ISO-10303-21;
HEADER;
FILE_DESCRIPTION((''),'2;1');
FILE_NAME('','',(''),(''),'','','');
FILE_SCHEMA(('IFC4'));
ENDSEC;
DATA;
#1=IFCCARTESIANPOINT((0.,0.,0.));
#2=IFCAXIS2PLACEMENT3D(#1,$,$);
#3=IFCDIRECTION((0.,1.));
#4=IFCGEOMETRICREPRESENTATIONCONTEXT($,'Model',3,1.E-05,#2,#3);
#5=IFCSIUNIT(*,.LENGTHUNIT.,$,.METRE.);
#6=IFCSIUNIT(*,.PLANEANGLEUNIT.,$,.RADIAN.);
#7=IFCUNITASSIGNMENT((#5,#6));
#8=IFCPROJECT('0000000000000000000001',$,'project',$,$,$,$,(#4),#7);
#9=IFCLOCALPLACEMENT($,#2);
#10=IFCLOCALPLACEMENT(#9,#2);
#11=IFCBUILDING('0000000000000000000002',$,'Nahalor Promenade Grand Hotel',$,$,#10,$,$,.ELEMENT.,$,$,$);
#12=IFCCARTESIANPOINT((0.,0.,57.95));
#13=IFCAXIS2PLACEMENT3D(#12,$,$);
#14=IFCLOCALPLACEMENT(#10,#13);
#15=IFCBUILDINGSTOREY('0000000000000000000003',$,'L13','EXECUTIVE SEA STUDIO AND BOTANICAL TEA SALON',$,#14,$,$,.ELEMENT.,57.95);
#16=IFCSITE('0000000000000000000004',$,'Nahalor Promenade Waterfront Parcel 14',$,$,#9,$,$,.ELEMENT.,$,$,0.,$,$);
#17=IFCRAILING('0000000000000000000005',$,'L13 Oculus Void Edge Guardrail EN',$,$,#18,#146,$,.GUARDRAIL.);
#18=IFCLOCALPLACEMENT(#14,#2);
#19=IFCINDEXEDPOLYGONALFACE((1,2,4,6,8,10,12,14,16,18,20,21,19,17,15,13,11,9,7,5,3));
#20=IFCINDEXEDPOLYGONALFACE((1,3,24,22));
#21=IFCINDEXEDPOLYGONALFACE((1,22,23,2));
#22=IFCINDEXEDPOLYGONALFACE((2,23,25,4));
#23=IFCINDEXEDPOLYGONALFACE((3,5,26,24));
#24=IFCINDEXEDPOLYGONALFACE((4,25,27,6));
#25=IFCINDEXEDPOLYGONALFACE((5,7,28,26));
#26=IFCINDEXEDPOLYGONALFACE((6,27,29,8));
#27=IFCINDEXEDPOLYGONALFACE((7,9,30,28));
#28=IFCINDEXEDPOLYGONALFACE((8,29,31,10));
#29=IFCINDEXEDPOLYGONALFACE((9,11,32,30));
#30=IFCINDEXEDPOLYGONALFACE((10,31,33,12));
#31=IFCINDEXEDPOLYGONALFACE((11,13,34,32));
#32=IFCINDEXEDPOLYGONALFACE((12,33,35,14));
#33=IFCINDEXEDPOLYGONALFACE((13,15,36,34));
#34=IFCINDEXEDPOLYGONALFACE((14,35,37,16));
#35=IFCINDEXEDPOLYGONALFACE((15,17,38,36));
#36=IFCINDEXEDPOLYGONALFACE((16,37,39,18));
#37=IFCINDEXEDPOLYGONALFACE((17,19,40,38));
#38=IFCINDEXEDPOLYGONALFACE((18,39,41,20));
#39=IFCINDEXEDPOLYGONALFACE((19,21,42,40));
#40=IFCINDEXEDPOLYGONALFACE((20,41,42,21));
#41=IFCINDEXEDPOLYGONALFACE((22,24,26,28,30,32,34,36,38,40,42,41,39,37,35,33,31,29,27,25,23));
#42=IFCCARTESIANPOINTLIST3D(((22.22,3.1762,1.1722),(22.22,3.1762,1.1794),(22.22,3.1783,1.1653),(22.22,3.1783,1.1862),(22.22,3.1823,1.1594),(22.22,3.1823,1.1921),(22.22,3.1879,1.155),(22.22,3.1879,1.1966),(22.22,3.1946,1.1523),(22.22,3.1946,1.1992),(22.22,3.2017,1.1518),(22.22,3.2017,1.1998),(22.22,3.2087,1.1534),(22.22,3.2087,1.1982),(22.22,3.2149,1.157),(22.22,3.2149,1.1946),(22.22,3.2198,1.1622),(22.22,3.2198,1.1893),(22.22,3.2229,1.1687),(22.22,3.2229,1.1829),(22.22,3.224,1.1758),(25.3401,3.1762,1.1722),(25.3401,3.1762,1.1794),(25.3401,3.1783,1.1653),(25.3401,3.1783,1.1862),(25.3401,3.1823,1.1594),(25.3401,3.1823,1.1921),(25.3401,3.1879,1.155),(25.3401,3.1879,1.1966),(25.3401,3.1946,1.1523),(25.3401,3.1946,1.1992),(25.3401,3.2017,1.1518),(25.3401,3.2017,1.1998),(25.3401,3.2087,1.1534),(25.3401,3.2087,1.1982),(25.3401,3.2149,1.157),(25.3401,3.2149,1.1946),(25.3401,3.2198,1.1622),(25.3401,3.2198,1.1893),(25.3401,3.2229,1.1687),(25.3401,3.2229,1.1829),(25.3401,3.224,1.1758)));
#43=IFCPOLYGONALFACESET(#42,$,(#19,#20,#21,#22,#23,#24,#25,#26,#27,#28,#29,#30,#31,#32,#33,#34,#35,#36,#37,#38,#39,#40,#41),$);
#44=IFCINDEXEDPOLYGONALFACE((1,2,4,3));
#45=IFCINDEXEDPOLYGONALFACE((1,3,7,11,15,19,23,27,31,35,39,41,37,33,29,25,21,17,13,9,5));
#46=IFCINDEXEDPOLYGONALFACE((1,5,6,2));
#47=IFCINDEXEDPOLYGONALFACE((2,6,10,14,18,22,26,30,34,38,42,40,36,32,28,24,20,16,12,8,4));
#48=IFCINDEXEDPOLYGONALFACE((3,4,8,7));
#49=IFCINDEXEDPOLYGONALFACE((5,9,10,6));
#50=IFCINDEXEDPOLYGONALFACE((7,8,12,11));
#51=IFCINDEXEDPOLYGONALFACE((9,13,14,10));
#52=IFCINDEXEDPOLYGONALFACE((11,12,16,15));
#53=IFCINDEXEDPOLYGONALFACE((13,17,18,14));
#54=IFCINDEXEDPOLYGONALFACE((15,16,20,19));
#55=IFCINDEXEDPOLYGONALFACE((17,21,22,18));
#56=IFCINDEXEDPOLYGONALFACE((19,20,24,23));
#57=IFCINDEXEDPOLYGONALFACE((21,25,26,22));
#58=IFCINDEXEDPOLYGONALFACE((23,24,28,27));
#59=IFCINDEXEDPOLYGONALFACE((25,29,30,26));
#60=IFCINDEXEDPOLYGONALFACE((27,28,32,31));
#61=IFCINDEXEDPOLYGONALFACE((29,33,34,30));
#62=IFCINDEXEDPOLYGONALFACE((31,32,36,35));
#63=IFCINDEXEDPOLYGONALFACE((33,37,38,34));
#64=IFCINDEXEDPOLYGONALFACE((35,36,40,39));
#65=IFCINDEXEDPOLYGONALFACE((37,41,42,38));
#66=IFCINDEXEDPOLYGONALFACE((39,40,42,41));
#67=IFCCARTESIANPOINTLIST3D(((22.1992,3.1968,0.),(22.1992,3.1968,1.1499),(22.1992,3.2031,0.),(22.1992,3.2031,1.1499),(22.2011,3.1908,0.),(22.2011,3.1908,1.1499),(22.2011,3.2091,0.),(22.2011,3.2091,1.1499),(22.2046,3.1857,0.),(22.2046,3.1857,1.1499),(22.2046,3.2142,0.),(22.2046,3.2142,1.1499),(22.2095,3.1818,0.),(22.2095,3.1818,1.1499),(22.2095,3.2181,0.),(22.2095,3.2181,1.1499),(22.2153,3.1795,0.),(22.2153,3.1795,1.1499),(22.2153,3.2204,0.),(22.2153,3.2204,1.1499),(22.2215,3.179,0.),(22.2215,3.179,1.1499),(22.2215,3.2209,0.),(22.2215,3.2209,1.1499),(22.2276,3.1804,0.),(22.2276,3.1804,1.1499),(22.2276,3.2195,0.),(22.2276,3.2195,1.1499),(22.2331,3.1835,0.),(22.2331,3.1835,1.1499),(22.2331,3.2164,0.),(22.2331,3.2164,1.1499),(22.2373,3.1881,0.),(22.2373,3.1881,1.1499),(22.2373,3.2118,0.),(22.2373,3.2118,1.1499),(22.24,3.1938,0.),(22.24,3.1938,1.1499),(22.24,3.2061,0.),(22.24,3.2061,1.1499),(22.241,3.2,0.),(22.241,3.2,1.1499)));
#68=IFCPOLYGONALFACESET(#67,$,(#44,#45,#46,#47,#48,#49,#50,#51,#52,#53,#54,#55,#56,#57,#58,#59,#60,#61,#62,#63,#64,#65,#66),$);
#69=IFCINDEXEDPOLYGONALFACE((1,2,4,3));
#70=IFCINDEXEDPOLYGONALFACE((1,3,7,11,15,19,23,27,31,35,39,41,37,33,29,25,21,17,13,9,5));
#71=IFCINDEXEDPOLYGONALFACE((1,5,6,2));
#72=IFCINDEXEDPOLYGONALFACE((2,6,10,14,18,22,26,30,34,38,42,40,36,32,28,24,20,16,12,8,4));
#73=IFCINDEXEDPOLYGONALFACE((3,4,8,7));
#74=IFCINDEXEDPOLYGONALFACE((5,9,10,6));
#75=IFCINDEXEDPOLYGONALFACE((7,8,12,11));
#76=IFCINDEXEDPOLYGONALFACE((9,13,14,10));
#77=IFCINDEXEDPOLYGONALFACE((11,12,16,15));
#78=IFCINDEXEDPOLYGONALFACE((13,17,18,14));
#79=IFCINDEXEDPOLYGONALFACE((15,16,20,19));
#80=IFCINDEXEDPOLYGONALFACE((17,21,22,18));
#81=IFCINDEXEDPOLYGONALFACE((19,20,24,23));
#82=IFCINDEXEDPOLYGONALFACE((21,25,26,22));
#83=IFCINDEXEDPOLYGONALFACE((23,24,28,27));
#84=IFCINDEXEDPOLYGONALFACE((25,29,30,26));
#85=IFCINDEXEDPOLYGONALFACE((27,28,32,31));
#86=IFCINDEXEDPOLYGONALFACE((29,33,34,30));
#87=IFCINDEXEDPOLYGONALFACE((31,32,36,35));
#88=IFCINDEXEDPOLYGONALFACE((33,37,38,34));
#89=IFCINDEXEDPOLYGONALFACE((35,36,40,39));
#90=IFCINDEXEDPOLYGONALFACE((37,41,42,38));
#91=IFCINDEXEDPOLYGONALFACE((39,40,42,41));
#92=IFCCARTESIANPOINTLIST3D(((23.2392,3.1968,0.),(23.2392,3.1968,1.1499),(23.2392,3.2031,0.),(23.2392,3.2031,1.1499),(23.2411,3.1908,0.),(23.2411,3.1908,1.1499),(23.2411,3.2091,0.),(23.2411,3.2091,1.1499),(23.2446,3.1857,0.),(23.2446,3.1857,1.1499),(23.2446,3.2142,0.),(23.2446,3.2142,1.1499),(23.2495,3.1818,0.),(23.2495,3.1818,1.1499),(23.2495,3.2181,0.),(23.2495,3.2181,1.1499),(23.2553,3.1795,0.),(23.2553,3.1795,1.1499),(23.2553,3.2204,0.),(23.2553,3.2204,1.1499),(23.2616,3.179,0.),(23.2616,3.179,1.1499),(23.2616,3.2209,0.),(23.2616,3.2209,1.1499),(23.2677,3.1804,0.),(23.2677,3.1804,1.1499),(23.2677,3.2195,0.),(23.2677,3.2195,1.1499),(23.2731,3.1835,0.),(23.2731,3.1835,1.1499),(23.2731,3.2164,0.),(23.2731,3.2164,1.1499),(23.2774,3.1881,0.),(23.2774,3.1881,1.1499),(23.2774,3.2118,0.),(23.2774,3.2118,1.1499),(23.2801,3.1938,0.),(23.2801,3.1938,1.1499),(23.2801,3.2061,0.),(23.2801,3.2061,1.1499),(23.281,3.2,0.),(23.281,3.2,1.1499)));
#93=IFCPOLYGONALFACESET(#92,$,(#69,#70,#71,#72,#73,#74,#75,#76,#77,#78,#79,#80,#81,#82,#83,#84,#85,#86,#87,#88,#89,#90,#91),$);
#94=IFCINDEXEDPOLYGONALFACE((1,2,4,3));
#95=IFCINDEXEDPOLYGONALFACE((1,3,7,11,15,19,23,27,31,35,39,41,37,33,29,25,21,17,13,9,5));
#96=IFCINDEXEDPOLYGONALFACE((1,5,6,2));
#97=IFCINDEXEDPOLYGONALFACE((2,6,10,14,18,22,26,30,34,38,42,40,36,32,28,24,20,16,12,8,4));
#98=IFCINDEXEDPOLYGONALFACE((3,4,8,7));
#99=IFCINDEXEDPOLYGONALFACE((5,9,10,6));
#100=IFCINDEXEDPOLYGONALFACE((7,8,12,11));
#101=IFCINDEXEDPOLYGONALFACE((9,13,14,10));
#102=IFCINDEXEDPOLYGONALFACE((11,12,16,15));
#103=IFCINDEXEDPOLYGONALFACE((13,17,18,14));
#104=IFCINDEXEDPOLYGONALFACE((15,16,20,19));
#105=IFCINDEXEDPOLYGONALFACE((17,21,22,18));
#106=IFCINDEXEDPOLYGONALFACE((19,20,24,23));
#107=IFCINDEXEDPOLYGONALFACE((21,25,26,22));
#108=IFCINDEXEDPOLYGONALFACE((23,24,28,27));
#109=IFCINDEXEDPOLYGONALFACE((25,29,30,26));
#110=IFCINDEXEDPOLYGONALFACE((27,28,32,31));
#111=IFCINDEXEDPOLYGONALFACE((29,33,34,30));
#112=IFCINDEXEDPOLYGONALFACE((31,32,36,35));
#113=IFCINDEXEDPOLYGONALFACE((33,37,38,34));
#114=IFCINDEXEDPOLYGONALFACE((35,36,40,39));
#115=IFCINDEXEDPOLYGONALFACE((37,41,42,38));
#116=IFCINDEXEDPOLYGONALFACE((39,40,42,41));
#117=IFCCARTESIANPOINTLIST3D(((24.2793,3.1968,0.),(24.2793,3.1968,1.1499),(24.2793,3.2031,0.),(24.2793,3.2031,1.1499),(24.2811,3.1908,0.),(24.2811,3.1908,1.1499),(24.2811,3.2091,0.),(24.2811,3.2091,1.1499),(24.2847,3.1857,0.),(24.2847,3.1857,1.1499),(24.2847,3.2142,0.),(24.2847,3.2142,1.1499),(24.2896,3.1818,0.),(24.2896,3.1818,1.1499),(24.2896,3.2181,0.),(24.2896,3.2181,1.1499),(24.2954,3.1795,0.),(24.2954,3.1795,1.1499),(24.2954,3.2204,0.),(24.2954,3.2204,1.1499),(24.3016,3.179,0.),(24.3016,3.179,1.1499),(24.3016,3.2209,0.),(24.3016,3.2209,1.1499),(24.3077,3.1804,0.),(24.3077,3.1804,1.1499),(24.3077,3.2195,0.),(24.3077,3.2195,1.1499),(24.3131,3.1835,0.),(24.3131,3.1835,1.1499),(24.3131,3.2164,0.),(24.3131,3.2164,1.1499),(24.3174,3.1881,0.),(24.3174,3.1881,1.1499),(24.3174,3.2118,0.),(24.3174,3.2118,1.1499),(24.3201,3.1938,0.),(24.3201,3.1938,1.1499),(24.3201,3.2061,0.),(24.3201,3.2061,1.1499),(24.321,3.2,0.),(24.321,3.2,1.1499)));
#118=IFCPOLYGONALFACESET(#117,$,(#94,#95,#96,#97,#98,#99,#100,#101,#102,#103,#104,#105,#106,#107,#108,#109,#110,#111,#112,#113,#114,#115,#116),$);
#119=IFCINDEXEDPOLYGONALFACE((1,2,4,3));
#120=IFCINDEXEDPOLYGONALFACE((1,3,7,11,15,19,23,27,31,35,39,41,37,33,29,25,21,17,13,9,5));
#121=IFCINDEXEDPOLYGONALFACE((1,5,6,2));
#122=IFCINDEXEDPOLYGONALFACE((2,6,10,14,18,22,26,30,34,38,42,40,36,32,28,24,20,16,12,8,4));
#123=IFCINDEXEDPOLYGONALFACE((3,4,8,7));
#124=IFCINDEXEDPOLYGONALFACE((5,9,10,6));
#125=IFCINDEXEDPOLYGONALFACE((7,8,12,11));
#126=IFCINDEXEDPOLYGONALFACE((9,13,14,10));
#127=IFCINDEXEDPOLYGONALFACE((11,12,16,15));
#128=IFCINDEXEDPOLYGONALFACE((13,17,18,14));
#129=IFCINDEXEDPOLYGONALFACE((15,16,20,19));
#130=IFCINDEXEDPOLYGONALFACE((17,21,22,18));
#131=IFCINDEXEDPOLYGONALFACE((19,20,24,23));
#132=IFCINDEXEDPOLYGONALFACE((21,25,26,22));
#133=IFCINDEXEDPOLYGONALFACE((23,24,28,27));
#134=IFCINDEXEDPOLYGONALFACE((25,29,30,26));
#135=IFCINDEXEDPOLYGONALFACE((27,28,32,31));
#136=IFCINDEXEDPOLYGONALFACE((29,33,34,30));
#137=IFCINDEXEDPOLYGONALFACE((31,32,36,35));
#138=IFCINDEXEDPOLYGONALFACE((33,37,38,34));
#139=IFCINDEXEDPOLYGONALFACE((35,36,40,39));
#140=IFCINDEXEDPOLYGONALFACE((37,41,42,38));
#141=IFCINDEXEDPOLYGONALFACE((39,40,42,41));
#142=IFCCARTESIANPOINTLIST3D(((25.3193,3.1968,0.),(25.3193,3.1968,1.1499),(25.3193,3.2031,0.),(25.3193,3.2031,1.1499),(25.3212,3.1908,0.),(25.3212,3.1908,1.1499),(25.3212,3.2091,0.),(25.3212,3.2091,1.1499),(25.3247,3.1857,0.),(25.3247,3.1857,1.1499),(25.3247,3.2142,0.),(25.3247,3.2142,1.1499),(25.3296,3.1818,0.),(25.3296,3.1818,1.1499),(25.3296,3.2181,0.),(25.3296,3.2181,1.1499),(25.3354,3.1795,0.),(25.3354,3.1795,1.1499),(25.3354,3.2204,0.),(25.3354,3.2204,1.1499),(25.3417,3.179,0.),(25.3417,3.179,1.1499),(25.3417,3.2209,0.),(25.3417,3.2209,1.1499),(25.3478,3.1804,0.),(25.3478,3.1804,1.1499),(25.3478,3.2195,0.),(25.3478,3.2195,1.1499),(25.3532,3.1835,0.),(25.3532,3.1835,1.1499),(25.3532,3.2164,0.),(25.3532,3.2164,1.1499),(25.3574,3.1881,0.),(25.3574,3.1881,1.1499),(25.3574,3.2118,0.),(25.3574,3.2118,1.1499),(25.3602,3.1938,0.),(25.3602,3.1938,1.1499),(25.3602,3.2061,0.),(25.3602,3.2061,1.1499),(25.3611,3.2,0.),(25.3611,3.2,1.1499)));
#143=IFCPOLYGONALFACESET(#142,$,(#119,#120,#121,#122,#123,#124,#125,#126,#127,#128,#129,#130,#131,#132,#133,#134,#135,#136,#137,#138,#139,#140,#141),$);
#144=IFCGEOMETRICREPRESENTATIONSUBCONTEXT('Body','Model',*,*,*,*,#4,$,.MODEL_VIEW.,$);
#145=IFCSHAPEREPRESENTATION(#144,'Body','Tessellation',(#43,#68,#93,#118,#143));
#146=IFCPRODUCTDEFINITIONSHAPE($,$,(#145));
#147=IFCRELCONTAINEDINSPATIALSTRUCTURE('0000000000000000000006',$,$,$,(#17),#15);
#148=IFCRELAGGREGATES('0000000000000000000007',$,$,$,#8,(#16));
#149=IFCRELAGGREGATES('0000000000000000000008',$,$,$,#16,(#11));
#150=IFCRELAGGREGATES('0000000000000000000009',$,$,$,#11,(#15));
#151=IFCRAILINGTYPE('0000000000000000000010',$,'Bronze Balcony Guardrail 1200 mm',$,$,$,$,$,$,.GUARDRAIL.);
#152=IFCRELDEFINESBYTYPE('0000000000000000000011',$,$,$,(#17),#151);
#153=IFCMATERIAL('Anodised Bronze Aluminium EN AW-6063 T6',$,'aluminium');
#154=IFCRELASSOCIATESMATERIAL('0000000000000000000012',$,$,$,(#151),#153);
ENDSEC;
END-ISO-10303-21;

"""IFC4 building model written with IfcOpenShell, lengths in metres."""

from ifc_helpers import new_model, si_unit, direction, frame, origin, origin_2d, place, context, subcontext, project, spatial, circle, extrude, material, type_object, element, save


model = new_model("IFC4")

# Units and contexts
model_context = context("Model", 3, precision=1e-05, world=origin(), true_north=direction((0.0, 1.0)))
body_context = subcontext(model_context, "Body", "Model", "MODEL_VIEW")
ifc_project = project(units=[si_unit("LENGTHUNIT", "METRE"), si_unit("PLANEANGLEUNIT", "RADIAN")], contexts=[model_context])

# Site, building, storey
site_placement = place(None, origin())
site = spatial("IfcSite", under=ifc_project, at=site_placement, Name="Nahalor Promenade Waterfront Parcel 14", CompositionType="ELEMENT", RefElevation=0.0)
building_placement = place(site_placement, origin())
building = spatial("IfcBuilding", under=site, at=building_placement, Name="Nahalor Promenade Grand Hotel", CompositionType="ELEMENT")
storey_placement = place(building_placement, frame((0.0, 0.0, 57.95)))
storey = spatial("IfcBuildingStorey", under=building, at=storey_placement, Name="L13", Description="EXECUTIVE SEA STUDIO AND BOTANICAL TEA SALON", CompositionType="ELEMENT", Elevation=57.95)

# Shared definitions
ifc_material_1 = material(Name="Anodised Bronze Aluminium EN AW-6063 T6", Category="aluminium")

# Railing
railing_type = type_object("IfcRailingType", Name="Bronze Balcony Guardrail 1200 mm", PredefinedType="GUARDRAIL", material=ifc_material_1)
railing_1_placement = place(storey_placement, frame((22.22, 3.2, 0.0)))
element("IfcRailing", 1, at=railing_1_placement, inside=storey, type_object=railing_type, Name="L13 Oculus Void Edge Guardrail EN", PredefinedType="GUARDRAIL", context=body_context, shape_type="SweptSolid", body=[
    extrude(circle(Radius=0.024, at=origin_2d()), frame((0.0, 0.0, 1.1758), z_axis=(1.0, 0.0, 0.0), x_axis=(0.0, 1.0, 0.0)), (0.0, 0.0, 1.0), 3.1201),
    extrude(circle(Radius=0.021, at=origin_2d()), origin(), (0.0, 0.0, 1.0), 1.1499),
    extrude(circle(Radius=0.021, at=origin_2d()), frame((1.04, 0.0, 0.0)), (0.0, 0.0, 1.0), 1.1499),
    extrude(circle(Radius=0.021, at=origin_2d()), frame((2.0801, 0.0, 0.0)), (0.0, 0.0, 1.0), 1.1499),
    extrude(circle(Radius=0.021, at=origin_2d()), frame((3.1201, 0.0, 0.0)), (0.0, 0.0, 1.0), 1.1499),
])

save(model, "model.ifc")
